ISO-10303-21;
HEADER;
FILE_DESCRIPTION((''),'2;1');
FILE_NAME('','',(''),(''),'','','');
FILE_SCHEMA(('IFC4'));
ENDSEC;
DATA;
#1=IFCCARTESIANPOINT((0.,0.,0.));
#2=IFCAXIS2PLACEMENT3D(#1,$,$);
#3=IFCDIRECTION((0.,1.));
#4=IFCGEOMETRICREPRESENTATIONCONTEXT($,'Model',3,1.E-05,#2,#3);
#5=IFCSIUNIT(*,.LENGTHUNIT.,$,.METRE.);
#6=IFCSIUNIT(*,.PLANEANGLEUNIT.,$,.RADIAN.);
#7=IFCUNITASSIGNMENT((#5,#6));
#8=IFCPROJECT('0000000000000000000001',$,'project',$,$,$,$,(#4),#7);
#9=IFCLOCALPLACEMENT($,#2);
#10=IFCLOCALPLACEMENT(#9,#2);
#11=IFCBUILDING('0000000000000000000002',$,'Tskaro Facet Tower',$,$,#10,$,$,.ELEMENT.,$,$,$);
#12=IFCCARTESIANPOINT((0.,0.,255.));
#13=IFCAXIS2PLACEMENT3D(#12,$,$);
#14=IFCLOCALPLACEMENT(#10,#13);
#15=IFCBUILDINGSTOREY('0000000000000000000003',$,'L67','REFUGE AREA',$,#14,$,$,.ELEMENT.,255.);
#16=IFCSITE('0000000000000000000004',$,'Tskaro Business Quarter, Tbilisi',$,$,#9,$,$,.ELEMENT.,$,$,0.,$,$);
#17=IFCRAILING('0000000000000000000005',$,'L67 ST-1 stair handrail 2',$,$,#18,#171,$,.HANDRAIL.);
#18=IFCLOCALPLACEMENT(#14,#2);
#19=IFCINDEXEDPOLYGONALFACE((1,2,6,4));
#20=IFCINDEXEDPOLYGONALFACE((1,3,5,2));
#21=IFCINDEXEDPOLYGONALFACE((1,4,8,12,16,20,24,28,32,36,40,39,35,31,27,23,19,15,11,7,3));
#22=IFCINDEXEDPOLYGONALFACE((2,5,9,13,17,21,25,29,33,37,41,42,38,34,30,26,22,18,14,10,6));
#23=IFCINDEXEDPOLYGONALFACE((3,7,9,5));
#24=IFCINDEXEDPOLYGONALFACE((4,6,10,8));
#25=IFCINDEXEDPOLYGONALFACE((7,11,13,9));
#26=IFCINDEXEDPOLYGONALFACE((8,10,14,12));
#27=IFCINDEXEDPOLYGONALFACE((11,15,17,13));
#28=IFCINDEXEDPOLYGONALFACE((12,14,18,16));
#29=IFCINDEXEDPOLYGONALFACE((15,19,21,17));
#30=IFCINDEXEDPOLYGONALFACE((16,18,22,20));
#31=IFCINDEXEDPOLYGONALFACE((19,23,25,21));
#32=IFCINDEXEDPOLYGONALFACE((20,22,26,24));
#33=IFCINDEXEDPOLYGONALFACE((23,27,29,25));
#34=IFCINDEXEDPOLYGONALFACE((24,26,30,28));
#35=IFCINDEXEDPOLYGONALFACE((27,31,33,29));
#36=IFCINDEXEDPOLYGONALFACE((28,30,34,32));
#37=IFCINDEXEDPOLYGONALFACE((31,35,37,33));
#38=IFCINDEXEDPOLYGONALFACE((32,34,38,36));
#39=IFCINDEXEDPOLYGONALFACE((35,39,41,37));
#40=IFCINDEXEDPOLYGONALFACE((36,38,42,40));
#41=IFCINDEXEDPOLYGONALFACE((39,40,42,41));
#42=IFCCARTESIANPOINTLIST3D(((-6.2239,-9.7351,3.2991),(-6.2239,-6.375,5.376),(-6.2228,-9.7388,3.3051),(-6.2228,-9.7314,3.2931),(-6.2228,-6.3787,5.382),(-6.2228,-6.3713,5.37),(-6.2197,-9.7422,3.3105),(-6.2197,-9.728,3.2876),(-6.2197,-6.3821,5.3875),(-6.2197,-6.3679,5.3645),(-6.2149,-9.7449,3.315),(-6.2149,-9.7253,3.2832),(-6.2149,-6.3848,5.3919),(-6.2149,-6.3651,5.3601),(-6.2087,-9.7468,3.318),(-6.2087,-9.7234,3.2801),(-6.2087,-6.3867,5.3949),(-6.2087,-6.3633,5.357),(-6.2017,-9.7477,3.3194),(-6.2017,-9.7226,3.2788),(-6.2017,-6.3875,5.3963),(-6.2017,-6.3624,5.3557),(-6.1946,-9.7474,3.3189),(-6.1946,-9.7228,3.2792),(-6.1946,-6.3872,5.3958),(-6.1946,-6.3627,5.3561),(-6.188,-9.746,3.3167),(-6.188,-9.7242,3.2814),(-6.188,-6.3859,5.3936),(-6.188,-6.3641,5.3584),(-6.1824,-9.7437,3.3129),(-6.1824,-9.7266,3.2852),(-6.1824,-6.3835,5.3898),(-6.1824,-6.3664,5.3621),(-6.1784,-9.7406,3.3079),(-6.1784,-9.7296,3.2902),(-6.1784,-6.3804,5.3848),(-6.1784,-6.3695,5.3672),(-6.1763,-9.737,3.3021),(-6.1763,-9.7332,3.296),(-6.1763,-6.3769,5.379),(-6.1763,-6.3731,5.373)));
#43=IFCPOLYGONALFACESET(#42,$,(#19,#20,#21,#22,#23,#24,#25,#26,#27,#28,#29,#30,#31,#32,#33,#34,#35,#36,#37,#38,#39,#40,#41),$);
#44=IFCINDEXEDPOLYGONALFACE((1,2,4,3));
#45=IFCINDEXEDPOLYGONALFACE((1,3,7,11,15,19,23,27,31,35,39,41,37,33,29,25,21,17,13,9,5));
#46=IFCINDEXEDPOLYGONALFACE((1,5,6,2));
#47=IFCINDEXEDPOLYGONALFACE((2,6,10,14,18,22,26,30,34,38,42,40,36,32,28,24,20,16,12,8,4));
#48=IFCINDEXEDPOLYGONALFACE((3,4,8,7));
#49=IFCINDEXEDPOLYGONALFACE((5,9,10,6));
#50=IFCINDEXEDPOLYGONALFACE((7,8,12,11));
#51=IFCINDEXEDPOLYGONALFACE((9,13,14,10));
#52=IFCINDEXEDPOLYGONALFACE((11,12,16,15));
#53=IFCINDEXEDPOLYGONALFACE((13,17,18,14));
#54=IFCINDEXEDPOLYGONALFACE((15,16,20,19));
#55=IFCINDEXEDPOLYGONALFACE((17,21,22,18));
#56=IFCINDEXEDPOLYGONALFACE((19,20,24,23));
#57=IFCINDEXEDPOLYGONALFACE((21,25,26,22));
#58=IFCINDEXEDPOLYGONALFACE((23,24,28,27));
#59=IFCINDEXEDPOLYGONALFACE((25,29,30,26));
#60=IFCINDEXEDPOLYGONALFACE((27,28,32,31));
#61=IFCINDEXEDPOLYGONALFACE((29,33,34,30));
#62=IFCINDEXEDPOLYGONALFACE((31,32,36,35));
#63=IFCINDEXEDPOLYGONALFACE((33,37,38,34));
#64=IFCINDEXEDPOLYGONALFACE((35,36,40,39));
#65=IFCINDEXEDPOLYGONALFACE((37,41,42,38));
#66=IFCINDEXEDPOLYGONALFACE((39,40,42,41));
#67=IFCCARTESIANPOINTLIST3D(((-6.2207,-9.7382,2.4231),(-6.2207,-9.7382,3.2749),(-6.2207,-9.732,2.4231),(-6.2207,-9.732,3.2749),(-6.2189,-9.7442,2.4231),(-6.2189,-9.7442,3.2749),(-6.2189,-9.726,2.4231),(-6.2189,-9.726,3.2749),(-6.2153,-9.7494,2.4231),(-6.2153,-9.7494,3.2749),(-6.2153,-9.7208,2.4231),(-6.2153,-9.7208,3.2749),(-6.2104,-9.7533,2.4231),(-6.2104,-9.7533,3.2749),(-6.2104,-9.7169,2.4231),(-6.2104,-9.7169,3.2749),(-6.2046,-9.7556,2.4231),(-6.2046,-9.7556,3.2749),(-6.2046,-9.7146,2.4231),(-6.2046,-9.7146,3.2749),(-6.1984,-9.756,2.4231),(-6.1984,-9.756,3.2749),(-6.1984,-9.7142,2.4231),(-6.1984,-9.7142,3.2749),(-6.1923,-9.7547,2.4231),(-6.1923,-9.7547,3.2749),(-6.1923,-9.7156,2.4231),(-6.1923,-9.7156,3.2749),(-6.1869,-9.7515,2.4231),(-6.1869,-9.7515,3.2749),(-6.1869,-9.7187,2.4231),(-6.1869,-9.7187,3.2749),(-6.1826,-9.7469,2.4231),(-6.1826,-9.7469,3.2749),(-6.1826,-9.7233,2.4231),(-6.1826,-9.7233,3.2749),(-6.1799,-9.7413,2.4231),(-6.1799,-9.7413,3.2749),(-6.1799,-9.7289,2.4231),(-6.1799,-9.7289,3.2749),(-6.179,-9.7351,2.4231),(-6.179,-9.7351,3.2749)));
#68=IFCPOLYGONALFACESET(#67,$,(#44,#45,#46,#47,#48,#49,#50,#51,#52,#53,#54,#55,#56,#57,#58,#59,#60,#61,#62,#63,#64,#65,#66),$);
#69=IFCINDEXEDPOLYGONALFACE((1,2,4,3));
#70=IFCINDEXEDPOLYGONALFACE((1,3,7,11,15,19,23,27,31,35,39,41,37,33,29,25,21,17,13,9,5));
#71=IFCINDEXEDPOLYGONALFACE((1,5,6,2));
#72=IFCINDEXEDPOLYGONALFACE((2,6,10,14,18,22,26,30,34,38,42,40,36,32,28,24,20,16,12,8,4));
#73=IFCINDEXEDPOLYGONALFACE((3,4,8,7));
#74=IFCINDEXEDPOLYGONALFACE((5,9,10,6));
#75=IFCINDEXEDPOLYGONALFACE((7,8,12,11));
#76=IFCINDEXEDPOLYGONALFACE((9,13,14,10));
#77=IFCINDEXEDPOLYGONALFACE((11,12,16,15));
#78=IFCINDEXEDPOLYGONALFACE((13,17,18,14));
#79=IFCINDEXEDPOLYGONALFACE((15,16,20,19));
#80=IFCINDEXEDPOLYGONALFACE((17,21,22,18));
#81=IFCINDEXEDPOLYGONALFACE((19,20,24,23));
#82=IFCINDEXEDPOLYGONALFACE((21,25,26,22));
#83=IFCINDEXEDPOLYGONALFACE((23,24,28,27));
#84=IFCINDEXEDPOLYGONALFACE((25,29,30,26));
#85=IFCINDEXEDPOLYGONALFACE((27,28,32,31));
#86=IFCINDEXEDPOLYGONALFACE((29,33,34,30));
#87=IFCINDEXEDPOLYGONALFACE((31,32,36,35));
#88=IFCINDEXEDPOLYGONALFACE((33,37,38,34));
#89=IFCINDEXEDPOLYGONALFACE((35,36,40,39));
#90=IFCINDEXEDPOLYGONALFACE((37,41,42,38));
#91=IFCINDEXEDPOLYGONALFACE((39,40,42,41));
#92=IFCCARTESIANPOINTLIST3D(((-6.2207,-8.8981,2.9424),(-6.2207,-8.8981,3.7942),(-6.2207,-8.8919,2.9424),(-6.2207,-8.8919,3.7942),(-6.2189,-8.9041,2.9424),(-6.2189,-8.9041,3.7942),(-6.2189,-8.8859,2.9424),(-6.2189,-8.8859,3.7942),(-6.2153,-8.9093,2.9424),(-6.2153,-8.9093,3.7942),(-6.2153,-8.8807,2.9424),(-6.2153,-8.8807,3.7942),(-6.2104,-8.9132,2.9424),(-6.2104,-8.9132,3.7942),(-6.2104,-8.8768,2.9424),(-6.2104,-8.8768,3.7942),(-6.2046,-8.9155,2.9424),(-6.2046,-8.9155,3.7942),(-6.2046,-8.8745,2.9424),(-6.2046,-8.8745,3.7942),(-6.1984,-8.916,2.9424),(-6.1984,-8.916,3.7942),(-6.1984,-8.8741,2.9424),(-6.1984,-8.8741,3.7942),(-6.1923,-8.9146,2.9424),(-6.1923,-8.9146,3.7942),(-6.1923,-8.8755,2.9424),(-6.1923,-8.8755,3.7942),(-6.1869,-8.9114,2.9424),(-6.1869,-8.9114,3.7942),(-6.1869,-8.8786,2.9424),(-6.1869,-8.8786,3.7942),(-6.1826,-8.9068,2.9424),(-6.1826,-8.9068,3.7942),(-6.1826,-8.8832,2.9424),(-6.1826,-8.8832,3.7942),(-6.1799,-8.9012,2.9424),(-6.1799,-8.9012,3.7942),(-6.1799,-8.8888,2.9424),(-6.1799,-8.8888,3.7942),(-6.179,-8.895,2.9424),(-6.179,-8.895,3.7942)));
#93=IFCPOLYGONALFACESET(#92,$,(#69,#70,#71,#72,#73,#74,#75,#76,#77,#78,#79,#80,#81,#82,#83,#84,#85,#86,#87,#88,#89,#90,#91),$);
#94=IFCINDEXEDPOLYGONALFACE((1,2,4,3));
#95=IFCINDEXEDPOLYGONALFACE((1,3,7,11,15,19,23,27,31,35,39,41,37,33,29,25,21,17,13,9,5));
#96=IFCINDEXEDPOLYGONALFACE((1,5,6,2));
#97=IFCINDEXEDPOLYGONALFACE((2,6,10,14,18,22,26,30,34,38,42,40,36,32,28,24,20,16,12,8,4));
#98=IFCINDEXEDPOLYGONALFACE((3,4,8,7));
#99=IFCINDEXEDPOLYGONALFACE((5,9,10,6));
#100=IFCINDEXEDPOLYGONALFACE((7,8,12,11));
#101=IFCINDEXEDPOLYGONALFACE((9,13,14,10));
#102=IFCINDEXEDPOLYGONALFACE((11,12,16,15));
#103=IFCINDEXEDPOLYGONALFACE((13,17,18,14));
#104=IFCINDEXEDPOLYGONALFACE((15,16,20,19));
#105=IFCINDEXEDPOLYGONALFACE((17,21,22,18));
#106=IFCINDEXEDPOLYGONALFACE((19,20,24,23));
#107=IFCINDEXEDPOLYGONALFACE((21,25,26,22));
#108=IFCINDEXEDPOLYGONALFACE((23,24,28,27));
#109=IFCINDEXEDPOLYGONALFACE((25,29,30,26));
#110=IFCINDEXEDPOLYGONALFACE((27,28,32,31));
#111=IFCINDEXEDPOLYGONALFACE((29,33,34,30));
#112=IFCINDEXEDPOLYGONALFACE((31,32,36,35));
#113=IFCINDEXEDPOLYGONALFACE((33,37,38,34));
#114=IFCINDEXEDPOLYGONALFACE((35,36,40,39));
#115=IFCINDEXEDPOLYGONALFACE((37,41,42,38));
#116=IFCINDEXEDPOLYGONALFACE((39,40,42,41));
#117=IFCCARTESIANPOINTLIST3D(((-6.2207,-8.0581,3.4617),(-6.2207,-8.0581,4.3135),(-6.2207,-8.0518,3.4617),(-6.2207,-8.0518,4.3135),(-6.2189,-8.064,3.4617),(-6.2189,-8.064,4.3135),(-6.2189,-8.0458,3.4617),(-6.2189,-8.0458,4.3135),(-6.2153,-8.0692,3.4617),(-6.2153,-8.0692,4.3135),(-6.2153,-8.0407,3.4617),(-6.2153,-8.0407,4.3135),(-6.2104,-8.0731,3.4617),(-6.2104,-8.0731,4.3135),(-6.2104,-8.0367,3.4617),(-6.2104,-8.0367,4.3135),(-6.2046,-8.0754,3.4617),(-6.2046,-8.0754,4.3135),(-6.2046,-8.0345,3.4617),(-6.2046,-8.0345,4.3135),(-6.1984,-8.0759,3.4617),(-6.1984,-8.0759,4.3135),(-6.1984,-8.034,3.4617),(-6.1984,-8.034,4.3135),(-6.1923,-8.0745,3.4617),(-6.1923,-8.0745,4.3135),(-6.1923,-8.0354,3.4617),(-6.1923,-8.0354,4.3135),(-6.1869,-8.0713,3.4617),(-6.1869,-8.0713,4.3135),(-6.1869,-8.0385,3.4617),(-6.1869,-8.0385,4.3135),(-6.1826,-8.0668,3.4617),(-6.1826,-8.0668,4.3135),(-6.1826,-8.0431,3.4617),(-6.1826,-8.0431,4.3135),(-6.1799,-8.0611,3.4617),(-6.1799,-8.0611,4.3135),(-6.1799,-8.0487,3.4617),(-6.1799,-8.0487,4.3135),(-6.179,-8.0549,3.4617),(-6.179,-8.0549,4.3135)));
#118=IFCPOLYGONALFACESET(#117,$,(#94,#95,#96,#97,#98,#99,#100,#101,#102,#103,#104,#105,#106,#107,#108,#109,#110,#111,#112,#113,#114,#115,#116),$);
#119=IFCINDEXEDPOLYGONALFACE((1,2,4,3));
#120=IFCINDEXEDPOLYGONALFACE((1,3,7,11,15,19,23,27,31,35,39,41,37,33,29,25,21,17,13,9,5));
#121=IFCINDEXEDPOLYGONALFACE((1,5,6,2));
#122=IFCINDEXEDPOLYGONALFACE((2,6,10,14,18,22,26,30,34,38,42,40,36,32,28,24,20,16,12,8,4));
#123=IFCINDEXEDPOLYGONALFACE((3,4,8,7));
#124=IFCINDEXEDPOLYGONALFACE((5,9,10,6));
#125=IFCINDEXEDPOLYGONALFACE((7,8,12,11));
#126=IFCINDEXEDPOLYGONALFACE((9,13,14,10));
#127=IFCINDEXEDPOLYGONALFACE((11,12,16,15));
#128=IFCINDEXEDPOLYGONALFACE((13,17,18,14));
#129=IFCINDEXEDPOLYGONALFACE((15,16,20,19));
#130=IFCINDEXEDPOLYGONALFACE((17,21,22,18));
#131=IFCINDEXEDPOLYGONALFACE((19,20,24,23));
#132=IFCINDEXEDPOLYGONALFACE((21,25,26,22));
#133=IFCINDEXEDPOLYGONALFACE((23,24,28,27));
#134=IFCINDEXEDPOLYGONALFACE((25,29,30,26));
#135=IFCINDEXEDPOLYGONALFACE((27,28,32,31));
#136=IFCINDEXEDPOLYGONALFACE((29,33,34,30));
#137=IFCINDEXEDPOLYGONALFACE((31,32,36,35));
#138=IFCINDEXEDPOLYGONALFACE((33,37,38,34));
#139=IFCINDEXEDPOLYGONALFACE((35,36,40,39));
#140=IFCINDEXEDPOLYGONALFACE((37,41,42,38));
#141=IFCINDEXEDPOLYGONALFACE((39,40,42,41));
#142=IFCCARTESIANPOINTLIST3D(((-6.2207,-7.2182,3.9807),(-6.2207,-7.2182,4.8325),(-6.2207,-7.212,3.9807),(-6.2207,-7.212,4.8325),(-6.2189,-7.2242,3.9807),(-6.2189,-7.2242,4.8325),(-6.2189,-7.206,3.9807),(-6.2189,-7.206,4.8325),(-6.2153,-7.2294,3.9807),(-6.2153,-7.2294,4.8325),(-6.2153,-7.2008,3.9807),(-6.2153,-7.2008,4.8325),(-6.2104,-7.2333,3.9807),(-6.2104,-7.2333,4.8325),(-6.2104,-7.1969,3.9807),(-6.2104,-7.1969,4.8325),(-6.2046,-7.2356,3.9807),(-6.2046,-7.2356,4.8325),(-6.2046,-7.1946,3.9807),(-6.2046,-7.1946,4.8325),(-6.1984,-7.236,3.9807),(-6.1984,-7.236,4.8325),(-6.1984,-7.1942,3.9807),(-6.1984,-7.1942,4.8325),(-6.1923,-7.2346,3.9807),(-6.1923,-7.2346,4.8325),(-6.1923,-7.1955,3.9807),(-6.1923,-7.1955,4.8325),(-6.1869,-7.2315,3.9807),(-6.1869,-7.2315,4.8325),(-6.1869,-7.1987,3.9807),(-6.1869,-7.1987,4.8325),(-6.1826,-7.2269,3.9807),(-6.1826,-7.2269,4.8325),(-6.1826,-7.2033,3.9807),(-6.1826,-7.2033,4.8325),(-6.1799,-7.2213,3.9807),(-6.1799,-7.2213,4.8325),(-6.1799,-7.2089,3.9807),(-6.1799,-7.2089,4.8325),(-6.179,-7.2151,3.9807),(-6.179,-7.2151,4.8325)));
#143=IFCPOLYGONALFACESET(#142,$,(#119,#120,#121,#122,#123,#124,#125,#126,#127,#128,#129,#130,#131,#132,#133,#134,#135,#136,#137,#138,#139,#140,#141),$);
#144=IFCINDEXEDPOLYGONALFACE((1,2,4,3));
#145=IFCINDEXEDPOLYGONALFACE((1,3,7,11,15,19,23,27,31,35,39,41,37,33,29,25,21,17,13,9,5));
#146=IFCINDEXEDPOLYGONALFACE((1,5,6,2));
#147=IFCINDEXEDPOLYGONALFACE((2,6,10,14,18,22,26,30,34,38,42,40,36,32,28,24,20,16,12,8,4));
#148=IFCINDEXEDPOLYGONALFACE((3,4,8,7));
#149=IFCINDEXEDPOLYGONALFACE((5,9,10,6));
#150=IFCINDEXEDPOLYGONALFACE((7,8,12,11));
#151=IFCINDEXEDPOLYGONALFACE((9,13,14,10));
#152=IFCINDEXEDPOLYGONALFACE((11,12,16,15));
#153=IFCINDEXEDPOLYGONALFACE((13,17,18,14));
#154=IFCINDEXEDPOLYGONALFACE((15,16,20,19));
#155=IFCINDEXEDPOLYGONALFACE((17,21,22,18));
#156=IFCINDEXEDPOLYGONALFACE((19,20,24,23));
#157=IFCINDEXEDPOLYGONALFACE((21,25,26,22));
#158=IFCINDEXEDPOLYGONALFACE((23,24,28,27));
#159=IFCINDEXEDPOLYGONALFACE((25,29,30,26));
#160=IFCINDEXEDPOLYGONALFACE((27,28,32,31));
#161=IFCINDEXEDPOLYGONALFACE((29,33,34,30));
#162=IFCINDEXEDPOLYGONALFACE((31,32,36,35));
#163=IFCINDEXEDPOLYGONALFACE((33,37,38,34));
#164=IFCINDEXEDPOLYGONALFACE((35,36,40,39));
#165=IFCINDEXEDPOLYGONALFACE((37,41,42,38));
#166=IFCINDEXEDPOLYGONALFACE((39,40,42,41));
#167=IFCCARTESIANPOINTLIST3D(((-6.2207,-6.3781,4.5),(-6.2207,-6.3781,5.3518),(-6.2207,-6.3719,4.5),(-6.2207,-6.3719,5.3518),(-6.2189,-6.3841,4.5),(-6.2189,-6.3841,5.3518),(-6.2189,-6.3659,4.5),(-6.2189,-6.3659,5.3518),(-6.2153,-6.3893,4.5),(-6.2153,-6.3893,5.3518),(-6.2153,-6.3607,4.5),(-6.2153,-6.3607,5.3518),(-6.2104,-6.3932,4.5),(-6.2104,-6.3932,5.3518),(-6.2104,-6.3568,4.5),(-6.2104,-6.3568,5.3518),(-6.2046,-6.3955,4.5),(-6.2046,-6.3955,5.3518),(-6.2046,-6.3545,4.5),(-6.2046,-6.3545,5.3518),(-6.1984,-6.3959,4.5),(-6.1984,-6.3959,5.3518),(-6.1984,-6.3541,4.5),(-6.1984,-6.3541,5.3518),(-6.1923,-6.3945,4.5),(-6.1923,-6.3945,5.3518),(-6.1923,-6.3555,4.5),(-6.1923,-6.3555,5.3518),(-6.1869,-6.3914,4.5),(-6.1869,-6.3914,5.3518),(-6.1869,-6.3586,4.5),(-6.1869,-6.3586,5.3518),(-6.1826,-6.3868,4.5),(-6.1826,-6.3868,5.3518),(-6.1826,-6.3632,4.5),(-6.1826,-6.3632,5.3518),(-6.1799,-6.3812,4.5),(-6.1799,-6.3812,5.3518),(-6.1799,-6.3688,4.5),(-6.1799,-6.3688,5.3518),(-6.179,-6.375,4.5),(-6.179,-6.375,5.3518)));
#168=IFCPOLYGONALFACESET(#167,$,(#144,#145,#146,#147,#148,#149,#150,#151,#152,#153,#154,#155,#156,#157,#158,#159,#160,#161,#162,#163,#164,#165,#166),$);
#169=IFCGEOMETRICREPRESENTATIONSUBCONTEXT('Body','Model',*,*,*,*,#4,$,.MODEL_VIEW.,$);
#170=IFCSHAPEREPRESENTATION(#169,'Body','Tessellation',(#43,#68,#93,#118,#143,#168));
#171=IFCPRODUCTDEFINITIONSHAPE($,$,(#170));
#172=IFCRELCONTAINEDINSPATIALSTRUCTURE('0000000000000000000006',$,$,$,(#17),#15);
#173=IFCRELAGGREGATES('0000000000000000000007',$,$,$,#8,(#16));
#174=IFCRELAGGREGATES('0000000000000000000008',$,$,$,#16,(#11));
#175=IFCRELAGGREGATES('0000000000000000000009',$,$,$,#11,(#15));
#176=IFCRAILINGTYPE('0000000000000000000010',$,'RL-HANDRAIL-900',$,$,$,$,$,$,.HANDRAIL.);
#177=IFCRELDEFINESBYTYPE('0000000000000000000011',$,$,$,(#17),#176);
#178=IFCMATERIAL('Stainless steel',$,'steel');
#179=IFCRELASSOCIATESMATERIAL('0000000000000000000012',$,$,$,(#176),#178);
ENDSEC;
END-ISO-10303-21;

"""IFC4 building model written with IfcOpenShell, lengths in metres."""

from ifc_helpers import new_model, si_unit, direction, frame, origin, origin_2d, place, context, subcontext, project, spatial, circle, extrude, material, type_object, element, save


model = new_model("IFC4")

# Units and contexts
model_context = context("Model", 3, precision=1e-05, world=origin(), true_north=direction((0.0, 1.0)))
body_context = subcontext(model_context, "Body", "Model", "MODEL_VIEW")
ifc_project = project(units=[si_unit("LENGTHUNIT", "METRE"), si_unit("PLANEANGLEUNIT", "RADIAN")], contexts=[model_context])

# Site, building, storey
site_placement = place(None, origin())
site = spatial("IfcSite", under=ifc_project, at=site_placement, Name="Tskaro Business Quarter, Tbilisi", CompositionType="ELEMENT", RefElevation=0.0)
building_placement = place(site_placement, origin())
building = spatial("IfcBuilding", under=site, at=building_placement, Name="Tskaro Facet Tower", CompositionType="ELEMENT")
storey_placement = place(building_placement, frame((0.0, 0.0, 255.0)))
storey = spatial("IfcBuildingStorey", under=building, at=storey_placement, Name="L67", Description="REFUGE AREA", CompositionType="ELEMENT", Elevation=255.0)

# Shared definitions
ifc_material_1 = material(Name="Stainless steel", Category="steel")

# Railing
railing_type_1 = type_object("IfcRailingType", Name="RL-HANDRAIL-900", PredefinedType="HANDRAIL", material=ifc_material_1)
railing_1_placement = place(storey_placement, frame((-6.2, -9.7351, 2.4231)))
element("IfcRailing", 1, at=railing_1_placement, inside=storey, type_object=railing_type_1, Name="L67 ST-1 stair handrail 2", PredefinedType="HANDRAIL", context=body_context, shape_type="SweptSolid", body=[
    extrude(circle(Radius=0.0239, at=origin_2d()), frame((0.0, 0.0, 0.876), z_axis=(0.0, 0.850623, 0.525776), x_axis=(-1.0, 0.0, 0.0)), (0.0, 0.0, 1.0), 3.9502),
    extrude(circle(Radius=0.021, at=origin_2d()), origin(), (0.0, 0.0, 1.0), 0.8518),
    extrude(circle(Radius=0.021, at=origin_2d()), frame((0.0, 0.8401, 0.5193)), (0.0, 0.0, 1.0), 0.8518),
    extrude(circle(Radius=0.021, at=origin_2d()), frame((0.0, 1.6802, 1.0386)), (0.0, 0.0, 1.0), 0.8518),
    extrude(circle(Radius=0.021, at=origin_2d()), frame((0.0, 2.52, 1.5576)), (0.0, 0.0, 1.0), 0.8518),
    extrude(circle(Radius=0.021, at=origin_2d()), frame((0.0, 3.3601, 2.0769)), (0.0, 0.0, 1.0), 0.8518),
])

save(model, "model.ifc")
